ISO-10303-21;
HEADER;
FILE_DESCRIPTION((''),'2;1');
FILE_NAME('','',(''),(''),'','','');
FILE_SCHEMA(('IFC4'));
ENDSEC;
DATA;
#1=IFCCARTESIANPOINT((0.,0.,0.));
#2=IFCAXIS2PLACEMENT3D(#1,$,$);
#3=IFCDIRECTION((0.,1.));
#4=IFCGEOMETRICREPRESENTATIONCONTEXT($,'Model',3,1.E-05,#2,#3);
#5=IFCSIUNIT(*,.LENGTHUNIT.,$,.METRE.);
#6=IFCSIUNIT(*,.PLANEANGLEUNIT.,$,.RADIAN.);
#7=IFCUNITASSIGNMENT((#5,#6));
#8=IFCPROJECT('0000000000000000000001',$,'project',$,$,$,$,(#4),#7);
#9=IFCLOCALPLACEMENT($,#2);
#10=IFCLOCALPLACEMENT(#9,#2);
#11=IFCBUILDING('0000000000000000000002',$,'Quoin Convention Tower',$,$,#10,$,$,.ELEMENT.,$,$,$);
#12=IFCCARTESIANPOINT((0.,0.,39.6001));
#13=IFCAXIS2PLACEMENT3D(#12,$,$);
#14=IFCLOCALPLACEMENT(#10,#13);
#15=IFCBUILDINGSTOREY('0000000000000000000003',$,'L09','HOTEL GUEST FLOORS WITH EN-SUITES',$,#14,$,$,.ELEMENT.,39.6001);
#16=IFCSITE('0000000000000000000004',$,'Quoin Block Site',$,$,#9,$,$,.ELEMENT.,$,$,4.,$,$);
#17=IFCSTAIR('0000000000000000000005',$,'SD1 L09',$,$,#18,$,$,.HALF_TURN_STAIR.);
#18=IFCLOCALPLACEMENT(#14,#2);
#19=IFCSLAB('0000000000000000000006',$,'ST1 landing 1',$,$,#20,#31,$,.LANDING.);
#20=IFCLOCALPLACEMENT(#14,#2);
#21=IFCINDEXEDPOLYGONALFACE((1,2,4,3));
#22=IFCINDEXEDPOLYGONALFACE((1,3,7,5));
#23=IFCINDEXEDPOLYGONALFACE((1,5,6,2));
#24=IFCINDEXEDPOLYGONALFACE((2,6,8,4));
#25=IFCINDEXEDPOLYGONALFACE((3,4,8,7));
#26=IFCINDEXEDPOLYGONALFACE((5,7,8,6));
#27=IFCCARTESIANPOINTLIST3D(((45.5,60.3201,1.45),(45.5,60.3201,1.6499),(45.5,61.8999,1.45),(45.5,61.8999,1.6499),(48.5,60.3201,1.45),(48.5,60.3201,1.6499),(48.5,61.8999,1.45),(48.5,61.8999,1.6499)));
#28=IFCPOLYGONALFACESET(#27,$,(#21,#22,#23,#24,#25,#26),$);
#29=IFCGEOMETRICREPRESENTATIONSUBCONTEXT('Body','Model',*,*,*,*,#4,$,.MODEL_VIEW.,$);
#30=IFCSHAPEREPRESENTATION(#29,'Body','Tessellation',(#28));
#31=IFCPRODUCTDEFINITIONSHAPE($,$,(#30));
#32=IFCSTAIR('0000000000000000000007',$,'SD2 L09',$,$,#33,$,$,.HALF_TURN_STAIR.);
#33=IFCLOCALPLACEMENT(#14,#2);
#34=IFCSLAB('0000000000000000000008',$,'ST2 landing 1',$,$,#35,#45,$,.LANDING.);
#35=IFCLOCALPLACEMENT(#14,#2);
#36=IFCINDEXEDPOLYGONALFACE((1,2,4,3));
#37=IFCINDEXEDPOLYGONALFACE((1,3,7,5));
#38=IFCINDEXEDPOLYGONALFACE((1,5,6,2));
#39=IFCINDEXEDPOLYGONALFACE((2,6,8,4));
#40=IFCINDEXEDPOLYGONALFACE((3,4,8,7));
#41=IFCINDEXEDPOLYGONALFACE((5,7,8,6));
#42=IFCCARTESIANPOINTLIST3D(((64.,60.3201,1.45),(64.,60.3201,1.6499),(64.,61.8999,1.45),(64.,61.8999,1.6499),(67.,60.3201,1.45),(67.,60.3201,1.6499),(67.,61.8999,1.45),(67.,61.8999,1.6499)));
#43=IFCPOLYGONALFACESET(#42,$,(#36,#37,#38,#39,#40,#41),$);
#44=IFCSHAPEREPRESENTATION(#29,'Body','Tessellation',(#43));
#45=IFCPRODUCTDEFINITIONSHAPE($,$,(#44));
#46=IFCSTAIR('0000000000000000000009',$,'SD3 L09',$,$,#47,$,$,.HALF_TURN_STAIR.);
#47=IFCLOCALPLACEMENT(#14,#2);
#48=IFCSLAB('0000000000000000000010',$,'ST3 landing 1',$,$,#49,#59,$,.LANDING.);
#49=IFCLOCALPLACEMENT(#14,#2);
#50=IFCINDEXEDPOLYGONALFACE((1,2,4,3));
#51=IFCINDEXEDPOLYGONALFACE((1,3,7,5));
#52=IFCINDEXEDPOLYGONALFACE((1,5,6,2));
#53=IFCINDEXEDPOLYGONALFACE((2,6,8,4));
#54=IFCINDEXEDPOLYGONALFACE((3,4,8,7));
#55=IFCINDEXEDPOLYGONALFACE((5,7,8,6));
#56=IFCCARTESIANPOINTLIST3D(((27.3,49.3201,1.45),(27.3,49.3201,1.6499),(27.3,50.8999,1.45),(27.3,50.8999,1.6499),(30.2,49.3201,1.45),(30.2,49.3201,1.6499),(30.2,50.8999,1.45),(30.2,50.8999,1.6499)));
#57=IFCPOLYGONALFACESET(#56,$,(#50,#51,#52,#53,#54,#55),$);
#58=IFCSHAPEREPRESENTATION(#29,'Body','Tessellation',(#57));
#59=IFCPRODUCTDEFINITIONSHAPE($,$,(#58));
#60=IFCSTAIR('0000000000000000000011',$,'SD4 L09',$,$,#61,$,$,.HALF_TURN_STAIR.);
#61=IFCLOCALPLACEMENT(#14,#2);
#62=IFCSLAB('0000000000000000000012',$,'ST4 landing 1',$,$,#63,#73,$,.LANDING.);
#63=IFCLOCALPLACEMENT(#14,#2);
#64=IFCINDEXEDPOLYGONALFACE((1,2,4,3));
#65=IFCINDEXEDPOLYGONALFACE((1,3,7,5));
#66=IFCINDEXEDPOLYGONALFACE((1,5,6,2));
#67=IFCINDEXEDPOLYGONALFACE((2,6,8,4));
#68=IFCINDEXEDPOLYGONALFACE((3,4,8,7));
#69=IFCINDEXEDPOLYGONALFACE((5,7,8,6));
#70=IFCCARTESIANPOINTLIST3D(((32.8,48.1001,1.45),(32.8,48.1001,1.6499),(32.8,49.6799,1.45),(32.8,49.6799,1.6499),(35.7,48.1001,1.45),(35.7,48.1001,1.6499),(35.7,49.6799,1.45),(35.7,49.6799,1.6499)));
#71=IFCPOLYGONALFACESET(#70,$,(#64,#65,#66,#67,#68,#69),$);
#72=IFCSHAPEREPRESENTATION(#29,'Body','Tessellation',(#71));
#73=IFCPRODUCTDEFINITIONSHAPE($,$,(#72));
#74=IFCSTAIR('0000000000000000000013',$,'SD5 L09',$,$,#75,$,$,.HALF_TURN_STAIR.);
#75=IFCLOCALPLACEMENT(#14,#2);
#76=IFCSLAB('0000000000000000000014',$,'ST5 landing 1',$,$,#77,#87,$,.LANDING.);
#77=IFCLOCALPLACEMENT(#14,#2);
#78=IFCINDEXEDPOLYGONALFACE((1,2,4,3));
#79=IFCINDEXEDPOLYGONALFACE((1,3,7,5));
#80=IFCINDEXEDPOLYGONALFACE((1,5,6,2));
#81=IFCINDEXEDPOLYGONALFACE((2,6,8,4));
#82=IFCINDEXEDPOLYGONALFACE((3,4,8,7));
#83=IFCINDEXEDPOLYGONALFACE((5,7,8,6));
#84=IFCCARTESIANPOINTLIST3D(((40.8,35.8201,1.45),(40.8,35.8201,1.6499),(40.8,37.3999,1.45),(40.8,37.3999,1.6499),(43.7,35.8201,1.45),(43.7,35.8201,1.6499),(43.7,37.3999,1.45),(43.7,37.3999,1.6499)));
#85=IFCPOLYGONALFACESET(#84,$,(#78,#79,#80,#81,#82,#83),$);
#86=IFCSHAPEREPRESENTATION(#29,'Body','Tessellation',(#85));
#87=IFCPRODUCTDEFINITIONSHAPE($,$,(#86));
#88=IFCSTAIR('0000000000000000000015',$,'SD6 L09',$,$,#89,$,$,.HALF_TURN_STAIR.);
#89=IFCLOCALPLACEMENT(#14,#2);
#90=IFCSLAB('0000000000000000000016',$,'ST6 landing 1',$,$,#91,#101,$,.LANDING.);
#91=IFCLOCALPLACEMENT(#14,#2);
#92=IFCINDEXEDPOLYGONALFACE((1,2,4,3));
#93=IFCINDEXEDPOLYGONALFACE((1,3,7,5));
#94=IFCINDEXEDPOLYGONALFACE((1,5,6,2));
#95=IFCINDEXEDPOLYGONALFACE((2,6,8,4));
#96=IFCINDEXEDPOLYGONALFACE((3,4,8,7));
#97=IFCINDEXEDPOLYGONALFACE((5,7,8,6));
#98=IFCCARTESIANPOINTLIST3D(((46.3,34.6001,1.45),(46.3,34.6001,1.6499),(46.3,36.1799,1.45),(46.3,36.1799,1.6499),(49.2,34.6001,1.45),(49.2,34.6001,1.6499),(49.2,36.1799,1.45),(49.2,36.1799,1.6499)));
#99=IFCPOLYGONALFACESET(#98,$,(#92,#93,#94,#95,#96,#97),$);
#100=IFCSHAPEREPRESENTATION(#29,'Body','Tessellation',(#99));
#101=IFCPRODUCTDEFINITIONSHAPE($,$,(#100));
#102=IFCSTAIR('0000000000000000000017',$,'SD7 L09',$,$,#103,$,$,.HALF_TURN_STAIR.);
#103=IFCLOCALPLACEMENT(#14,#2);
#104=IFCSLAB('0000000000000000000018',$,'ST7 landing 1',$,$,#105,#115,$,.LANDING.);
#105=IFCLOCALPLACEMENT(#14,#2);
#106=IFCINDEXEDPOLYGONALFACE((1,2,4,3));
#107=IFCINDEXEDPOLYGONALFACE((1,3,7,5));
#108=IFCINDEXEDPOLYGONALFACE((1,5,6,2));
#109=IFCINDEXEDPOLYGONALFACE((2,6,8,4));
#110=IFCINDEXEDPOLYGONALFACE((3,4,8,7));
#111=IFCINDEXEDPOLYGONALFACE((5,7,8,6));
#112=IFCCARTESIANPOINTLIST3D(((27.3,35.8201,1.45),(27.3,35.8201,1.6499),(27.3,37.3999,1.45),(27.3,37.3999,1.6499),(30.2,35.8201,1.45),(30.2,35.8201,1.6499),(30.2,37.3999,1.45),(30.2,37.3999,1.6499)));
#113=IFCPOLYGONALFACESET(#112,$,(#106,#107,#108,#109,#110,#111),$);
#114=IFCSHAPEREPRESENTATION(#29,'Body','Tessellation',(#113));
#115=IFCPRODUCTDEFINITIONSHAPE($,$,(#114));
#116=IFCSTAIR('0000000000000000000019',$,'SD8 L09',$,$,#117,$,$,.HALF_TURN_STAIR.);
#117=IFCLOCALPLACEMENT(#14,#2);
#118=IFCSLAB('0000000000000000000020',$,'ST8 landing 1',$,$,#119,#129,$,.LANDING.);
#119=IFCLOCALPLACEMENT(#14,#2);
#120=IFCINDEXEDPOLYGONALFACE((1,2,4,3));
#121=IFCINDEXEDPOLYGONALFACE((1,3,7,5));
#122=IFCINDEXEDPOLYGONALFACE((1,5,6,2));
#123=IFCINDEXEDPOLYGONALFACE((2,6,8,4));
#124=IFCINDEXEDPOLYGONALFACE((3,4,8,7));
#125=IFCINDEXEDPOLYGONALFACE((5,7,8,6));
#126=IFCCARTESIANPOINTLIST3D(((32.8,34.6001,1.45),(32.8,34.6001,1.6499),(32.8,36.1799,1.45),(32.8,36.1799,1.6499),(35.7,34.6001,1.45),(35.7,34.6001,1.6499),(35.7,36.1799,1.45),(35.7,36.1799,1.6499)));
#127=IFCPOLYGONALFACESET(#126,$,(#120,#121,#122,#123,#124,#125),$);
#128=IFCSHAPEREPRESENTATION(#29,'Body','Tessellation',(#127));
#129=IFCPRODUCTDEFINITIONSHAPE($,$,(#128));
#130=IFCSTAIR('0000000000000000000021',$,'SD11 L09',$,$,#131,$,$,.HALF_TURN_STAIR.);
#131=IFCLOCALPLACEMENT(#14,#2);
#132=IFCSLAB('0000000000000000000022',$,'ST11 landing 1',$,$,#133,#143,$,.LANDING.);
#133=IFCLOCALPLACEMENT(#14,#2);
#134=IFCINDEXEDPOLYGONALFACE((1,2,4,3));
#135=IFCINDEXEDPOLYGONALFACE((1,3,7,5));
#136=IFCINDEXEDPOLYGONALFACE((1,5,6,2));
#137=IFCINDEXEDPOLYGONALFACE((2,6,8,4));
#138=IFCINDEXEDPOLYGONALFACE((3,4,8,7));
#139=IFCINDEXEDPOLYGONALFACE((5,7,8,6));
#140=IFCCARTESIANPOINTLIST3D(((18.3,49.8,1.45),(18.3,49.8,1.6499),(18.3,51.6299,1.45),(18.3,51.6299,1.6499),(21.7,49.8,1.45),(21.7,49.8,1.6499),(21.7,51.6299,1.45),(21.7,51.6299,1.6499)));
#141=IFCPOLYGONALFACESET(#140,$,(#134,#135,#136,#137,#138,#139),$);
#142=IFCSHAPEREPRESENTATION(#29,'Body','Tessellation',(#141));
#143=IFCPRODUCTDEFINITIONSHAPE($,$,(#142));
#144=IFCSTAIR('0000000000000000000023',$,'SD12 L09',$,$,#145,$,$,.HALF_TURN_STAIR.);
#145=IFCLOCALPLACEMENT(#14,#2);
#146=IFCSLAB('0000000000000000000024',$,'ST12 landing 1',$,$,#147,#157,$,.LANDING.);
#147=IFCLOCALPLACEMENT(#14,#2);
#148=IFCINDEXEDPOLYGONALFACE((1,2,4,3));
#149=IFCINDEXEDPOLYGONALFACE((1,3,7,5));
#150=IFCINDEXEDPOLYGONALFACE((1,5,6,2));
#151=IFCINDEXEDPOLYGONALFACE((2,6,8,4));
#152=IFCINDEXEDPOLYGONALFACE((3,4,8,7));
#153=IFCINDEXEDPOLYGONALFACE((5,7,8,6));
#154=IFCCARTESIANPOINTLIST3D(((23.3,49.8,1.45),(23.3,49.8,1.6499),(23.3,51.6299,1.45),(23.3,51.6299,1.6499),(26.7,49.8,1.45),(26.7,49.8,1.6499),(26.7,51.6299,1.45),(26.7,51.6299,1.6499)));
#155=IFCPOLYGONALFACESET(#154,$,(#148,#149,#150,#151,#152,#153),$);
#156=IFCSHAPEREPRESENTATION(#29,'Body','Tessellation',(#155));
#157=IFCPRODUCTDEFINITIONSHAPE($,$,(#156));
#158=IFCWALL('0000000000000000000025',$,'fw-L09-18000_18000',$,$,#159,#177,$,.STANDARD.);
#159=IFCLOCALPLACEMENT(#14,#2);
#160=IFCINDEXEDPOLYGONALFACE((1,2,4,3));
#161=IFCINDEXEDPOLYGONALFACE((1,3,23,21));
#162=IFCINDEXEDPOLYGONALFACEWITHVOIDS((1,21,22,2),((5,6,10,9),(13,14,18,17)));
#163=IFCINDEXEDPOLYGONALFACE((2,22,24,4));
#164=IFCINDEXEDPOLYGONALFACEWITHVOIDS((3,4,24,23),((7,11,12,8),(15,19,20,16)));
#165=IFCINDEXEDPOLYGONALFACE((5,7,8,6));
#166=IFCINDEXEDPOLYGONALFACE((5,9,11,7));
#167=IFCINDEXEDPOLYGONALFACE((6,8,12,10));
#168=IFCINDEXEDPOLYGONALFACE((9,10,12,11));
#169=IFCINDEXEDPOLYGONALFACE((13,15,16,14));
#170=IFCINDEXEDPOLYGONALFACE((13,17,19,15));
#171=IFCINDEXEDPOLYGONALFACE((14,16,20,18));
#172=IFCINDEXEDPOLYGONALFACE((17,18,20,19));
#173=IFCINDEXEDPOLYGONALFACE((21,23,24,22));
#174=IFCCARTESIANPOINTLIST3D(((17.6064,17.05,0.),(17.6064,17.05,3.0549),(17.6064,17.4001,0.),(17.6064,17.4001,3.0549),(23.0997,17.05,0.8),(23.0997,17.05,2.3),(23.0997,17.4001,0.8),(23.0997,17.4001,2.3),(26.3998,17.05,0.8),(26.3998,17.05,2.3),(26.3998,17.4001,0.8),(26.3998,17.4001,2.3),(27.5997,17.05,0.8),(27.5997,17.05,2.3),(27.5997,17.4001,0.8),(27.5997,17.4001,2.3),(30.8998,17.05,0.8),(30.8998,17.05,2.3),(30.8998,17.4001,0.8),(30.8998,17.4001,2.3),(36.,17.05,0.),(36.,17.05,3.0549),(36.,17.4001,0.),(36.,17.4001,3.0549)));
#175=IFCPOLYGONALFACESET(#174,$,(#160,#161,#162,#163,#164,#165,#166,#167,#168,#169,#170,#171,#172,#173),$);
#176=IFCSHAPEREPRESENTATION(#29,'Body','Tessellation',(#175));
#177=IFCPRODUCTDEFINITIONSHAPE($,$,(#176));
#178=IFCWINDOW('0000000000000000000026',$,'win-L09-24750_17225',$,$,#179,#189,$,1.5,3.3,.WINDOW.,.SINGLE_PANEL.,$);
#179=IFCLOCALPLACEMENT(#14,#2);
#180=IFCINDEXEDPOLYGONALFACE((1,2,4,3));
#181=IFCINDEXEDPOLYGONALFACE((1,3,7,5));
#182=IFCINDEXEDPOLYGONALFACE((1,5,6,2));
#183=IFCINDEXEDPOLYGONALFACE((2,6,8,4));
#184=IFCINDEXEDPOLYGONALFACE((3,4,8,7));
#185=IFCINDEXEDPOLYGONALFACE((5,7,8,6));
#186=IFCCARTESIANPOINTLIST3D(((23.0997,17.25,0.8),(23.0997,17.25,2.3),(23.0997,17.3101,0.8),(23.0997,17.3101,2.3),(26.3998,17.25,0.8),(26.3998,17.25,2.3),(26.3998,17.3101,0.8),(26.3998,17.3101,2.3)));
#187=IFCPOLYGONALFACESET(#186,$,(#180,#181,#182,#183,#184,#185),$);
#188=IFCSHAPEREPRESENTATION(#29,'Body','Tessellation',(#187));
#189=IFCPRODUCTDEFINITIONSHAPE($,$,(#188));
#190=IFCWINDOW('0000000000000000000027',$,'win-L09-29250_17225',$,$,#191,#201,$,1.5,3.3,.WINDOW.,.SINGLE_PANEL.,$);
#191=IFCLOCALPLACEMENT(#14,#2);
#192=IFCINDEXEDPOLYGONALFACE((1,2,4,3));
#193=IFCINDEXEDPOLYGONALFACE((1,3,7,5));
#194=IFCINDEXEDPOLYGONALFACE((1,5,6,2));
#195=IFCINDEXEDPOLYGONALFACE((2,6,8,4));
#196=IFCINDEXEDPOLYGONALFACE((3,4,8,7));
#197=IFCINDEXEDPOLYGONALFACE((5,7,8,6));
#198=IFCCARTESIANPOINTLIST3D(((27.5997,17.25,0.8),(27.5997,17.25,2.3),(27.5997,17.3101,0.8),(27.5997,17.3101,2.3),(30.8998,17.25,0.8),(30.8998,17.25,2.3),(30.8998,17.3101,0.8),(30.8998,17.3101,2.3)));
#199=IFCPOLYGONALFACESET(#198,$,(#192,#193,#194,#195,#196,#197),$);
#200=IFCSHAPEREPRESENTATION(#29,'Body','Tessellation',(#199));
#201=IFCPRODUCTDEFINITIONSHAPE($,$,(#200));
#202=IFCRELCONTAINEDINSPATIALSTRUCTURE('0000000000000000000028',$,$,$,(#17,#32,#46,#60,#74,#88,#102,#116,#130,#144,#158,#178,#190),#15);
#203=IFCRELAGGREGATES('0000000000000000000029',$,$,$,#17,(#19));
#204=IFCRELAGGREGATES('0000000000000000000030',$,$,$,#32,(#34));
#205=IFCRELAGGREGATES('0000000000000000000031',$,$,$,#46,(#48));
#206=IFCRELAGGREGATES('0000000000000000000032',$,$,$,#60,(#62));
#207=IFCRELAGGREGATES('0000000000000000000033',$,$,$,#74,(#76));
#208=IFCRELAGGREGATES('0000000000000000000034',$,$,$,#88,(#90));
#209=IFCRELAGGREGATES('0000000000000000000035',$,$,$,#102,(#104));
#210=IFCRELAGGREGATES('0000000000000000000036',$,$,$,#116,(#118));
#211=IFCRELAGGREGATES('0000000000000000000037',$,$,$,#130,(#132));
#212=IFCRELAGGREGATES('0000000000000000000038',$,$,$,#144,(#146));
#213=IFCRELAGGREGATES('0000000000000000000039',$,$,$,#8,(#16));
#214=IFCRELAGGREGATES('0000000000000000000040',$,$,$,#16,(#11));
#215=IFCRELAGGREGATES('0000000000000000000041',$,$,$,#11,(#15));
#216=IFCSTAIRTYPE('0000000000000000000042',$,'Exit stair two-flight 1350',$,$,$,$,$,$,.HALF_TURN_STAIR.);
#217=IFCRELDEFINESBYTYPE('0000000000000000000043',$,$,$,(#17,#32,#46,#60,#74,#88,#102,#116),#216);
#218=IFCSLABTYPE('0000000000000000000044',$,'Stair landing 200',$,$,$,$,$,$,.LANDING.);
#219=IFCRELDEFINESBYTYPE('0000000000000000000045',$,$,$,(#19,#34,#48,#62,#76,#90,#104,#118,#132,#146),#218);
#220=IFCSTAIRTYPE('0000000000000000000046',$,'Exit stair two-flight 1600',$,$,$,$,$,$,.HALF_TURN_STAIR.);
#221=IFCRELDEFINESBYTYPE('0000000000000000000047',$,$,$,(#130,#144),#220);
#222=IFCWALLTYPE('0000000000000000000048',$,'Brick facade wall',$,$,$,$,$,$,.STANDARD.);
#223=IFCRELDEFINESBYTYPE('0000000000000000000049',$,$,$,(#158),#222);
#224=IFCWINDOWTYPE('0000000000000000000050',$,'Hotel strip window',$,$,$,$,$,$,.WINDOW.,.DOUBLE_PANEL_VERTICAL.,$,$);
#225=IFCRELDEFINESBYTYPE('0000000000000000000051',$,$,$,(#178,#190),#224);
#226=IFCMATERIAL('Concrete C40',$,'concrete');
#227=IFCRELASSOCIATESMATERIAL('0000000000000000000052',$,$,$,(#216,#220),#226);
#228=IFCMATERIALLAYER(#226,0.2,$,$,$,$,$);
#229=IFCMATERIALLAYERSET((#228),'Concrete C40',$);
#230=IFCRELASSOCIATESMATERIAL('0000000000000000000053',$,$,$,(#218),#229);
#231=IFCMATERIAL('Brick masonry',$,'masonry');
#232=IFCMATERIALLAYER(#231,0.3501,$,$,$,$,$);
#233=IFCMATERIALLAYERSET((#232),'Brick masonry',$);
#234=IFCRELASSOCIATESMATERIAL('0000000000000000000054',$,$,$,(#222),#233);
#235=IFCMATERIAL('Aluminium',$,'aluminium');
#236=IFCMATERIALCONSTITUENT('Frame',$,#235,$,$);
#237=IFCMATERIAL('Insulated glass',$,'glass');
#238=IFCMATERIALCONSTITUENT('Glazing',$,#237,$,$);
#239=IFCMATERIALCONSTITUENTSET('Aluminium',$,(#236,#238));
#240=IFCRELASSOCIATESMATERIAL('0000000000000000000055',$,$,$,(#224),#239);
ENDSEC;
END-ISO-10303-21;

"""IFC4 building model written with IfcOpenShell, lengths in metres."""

from ifc_helpers import new_model, si_unit, direction, frame, frame_2d, origin, place, context, subcontext, project, spatial, polyline, rectangle, outline, extrude, material, layer, layer_set, constituent, constituent_set, type_object, element, fill, aggregate, save


model = new_model("IFC4")

# Units and contexts
model_context = context("Model", 3, precision=1e-05, world=origin(), true_north=direction((0.0, 1.0)))
body_context = subcontext(model_context, "Body", "Model", "MODEL_VIEW")
ifc_project = project(units=[si_unit("LENGTHUNIT", "METRE"), si_unit("PLANEANGLEUNIT", "RADIAN")], contexts=[model_context])

# Site, building, storey
site_placement = place(None, origin())
site = spatial("IfcSite", under=ifc_project, at=site_placement, Name="Quoin Block Site", CompositionType="ELEMENT", RefElevation=4.0)
building_placement = place(site_placement, origin())
building = spatial("IfcBuilding", under=site, at=building_placement, Name="Quoin Convention Tower", CompositionType="ELEMENT")
storey_placement = place(building_placement, frame((0.0, 0.0, 39.6001)))
storey = spatial("IfcBuildingStorey", under=building, at=storey_placement, Name="L09", Description="HOTEL GUEST FLOORS WITH EN-SUITES", CompositionType="ELEMENT", Elevation=39.6001)

# Stairs, slabs
ifc_material_1 = material(Name="Concrete C40", Category="concrete")
stair_type_1 = type_object("IfcStairType", Name="Exit stair two-flight 1350", PredefinedType="HALF_TURN_STAIR", material=ifc_material_1)
stair_1_placement = place(storey_placement, origin())
stair_1 = element("IfcStair", 1, at=stair_1_placement, inside=storey, type_object=stair_type_1, Name="SD1 L09", PredefinedType="HALF_TURN_STAIR")
ifc_layer_1 = layer(ifc_material_1, 0.2)
ifc_layer_set_1 = layer_set([ifc_layer_1], Name="Concrete C40")
slab_type_1 = type_object("IfcSlabType", Name="Stair landing 200", PredefinedType="LANDING", material=ifc_layer_set_1)
slab_1_placement = place(storey_placement, frame((0.0, 0.0, 1.45)))
slab_1 = element("IfcSlab", 2, at=slab_1_placement, type_object=slab_type_1, Name="ST1 landing 1", PredefinedType="LANDING", context=body_context, shape_type="SweptSolid", body=[
    extrude(outline(polyline([(45.5, 60.3201), (48.5, 60.3201), (48.5, 61.8999), (45.5, 61.8999), (45.5, 60.3201)])), origin(), (0.0, 0.0, 1.0), 0.2),
])
aggregate(stair_1, [slab_1])
stair_2_placement = place(storey_placement, origin())
stair_2 = element("IfcStair", 3, at=stair_2_placement, inside=storey, type_object=stair_type_1, Name="SD2 L09", PredefinedType="HALF_TURN_STAIR")
slab_2_placement = place(storey_placement, frame((0.0, 0.0, 1.45)))
slab_2 = element("IfcSlab", 4, at=slab_2_placement, type_object=slab_type_1, Name="ST2 landing 1", PredefinedType="LANDING", context=body_context, shape_type="SweptSolid", body=[
    extrude(outline(polyline([(64.0, 60.3201), (67.0, 60.3201), (67.0, 61.8999), (64.0, 61.8999), (64.0, 60.3201)])), origin(), (0.0, 0.0, 1.0), 0.2),
])
aggregate(stair_2, [slab_2])
stair_3_placement = place(storey_placement, origin())
stair_3 = element("IfcStair", 5, at=stair_3_placement, inside=storey, type_object=stair_type_1, Name="SD3 L09", PredefinedType="HALF_TURN_STAIR")
slab_3_placement = place(storey_placement, frame((0.0, 0.0, 1.45)))
slab_3 = element("IfcSlab", 6, at=slab_3_placement, type_object=slab_type_1, Name="ST3 landing 1", PredefinedType="LANDING", context=body_context, shape_type="SweptSolid", body=[
    extrude(outline(polyline([(27.3, 49.3201), (30.2, 49.3201), (30.2, 50.8999), (27.3, 50.8999), (27.3, 49.3201)])), origin(), (0.0, 0.0, 1.0), 0.2),
])
aggregate(stair_3, [slab_3])
stair_4_placement = place(storey_placement, origin())
stair_4 = element("IfcStair", 7, at=stair_4_placement, inside=storey, type_object=stair_type_1, Name="SD4 L09", PredefinedType="HALF_TURN_STAIR")
slab_4_placement = place(storey_placement, frame((0.0, 0.0, 1.45)))
slab_4 = element("IfcSlab", 8, at=slab_4_placement, type_object=slab_type_1, Name="ST4 landing 1", PredefinedType="LANDING", context=body_context, shape_type="SweptSolid", body=[
    extrude(outline(polyline([(35.7, 49.6799), (32.8, 49.6799), (32.8, 48.1001), (35.7, 48.1001), (35.7, 49.6799)])), origin(), (0.0, 0.0, 1.0), 0.2),
])
aggregate(stair_4, [slab_4])
stair_5_placement = place(storey_placement, origin())
stair_5 = element("IfcStair", 9, at=stair_5_placement, inside=storey, type_object=stair_type_1, Name="SD5 L09", PredefinedType="HALF_TURN_STAIR")
slab_5_placement = place(storey_placement, frame((0.0, 0.0, 1.45)))
slab_5 = element("IfcSlab", 10, at=slab_5_placement, type_object=slab_type_1, Name="ST5 landing 1", PredefinedType="LANDING", context=body_context, shape_type="SweptSolid", body=[
    extrude(outline(polyline([(40.8, 35.8201), (43.7, 35.8201), (43.7, 37.3999), (40.8, 37.3999), (40.8, 35.8201)])), origin(), (0.0, 0.0, 1.0), 0.2),
])
aggregate(stair_5, [slab_5])
stair_6_placement = place(storey_placement, origin())
stair_6 = element("IfcStair", 11, at=stair_6_placement, inside=storey, type_object=stair_type_1, Name="SD6 L09", PredefinedType="HALF_TURN_STAIR")
slab_6_placement = place(storey_placement, frame((0.0, 0.0, 1.45)))
slab_6 = element("IfcSlab", 12, at=slab_6_placement, type_object=slab_type_1, Name="ST6 landing 1", PredefinedType="LANDING", context=body_context, shape_type="SweptSolid", body=[
    extrude(outline(polyline([(49.2, 36.1799), (46.3, 36.1799), (46.3, 34.6001), (49.2, 34.6001), (49.2, 36.1799)])), origin(), (0.0, 0.0, 1.0), 0.2),
])
aggregate(stair_6, [slab_6])
stair_7_placement = place(storey_placement, origin())
stair_7 = element("IfcStair", 13, at=stair_7_placement, inside=storey, type_object=stair_type_1, Name="SD7 L09", PredefinedType="HALF_TURN_STAIR")
slab_7_placement = place(storey_placement, frame((0.0, 0.0, 1.45)))
slab_7 = element("IfcSlab", 14, at=slab_7_placement, type_object=slab_type_1, Name="ST7 landing 1", PredefinedType="LANDING", context=body_context, shape_type="SweptSolid", body=[
    extrude(outline(polyline([(27.3, 35.8201), (30.2, 35.8201), (30.2, 37.3999), (27.3, 37.3999), (27.3, 35.8201)])), origin(), (0.0, 0.0, 1.0), 0.2),
])
aggregate(stair_7, [slab_7])
stair_8_placement = place(storey_placement, origin())
stair_8 = element("IfcStair", 15, at=stair_8_placement, inside=storey, type_object=stair_type_1, Name="SD8 L09", PredefinedType="HALF_TURN_STAIR")
slab_8_placement = place(storey_placement, frame((0.0, 0.0, 1.45)))
slab_8 = element("IfcSlab", 16, at=slab_8_placement, type_object=slab_type_1, Name="ST8 landing 1", PredefinedType="LANDING", context=body_context, shape_type="SweptSolid", body=[
    extrude(outline(polyline([(35.7, 36.1799), (32.8, 36.1799), (32.8, 34.6001), (35.7, 34.6001), (35.7, 36.1799)])), origin(), (0.0, 0.0, 1.0), 0.2),
])
aggregate(stair_8, [slab_8])
stair_type_2 = type_object("IfcStairType", Name="Exit stair two-flight 1600", PredefinedType="HALF_TURN_STAIR", material=ifc_material_1)
stair_9_placement = place(storey_placement, origin())
stair_9 = element("IfcStair", 17, at=stair_9_placement, inside=storey, type_object=stair_type_2, Name="SD11 L09", PredefinedType="HALF_TURN_STAIR")
slab_9_placement = place(storey_placement, frame((0.0, 0.0, 1.45)))
slab_9 = element("IfcSlab", 18, at=slab_9_placement, type_object=slab_type_1, Name="ST11 landing 1", PredefinedType="LANDING", context=body_context, shape_type="SweptSolid", body=[
    extrude(outline(polyline([(21.7, 51.6299), (18.3, 51.6299), (18.3, 49.8), (21.7, 49.8), (21.7, 51.6299)])), origin(), (0.0, 0.0, 1.0), 0.2),
])
aggregate(stair_9, [slab_9])
stair_10_placement = place(storey_placement, origin())
stair_10 = element("IfcStair", 19, at=stair_10_placement, inside=storey, type_object=stair_type_2, Name="SD12 L09", PredefinedType="HALF_TURN_STAIR")
slab_10_placement = place(storey_placement, frame((0.0, 0.0, 1.45)))
slab_10 = element("IfcSlab", 20, at=slab_10_placement, type_object=slab_type_1, Name="ST12 landing 1", PredefinedType="LANDING", context=body_context, shape_type="SweptSolid", body=[
    extrude(outline(polyline([(26.7, 51.6299), (23.3, 51.6299), (23.3, 49.8), (26.7, 49.8), (26.7, 51.6299)])), origin(), (0.0, 0.0, 1.0), 0.2),
])
aggregate(stair_10, [slab_10])

# Wall, openings, windows
ifc_material_2 = material(Name="Brick masonry", Category="masonry")
ifc_layer_2 = layer(ifc_material_2, 0.3501)
ifc_layer_set_2 = layer_set([ifc_layer_2], Name="Brick masonry")
wall_type = type_object("IfcWallType", Name="Brick facade wall", PredefinedType="STANDARD", material=ifc_layer_set_2)
wall_placement = place(storey_placement, frame((17.6064, 17.2251, 0.0), z_axis=(0.0, 0.0, 1.0), x_axis=(1.0, 0.0, 0.0)))
wall = element("IfcWall", 21, at=wall_placement, inside=storey, type_object=wall_type, Name="fw-L09-18000_18000", PredefinedType="STANDARD", context=body_context, shape_type="SweptSolid", body=[
    extrude(rectangle(XDim=18.3936, YDim=0.3501, at=frame_2d((9.1968, 0.0))), origin(), (0.0, 0.0, 1.0), 3.0549),
])
opening_1_placement = place(wall_placement, frame((5.4934, 0.0, 0.8)))
opening_1 = element("IfcOpeningElement", 22, at=opening_1_placement, cuts=wall, PredefinedType="OPENING", context=body_context, shape_type="SweptSolid", body=[
    extrude(rectangle(XDim=3.3, YDim=1.5, at=frame_2d((1.6499, 0.75))), frame((0.0, 0.1851, 0.0), z_axis=(0.0, -1.0, 0.0), x_axis=(1.0, 0.0, 0.0)), (0.0, 0.0, 1.0), 0.3701),
])
opening_2_placement = place(wall_placement, frame((9.9934, 0.0, 0.8)))
opening_2 = element("IfcOpeningElement", 23, at=opening_2_placement, cuts=wall, PredefinedType="OPENING", context=body_context, shape_type="SweptSolid", body=[
    extrude(rectangle(XDim=3.3, YDim=1.5, at=frame_2d((1.6499, 0.75))), frame((0.0, 0.1851, 0.0), z_axis=(0.0, -1.0, 0.0), x_axis=(1.0, 0.0, 0.0)), (0.0, 0.0, 1.0), 0.3701),
])
ifc_material_3 = material(Name="Aluminium", Category="aluminium")
ifc_constituent_1 = constituent(ifc_material_3, Name="Frame")
ifc_material_4 = material(Name="Insulated glass", Category="glass")
ifc_constituent_2 = constituent(ifc_material_4, Name="Glazing")
ifc_constituent_set = constituent_set(constituents=[ifc_constituent_1, ifc_constituent_2], Name="Aluminium")
window_type = type_object("IfcWindowType", Name="Hotel strip window", PartitioningType="DOUBLE_PANEL_VERTICAL", PredefinedType="WINDOW", material=ifc_constituent_set)
window_1_placement = place(opening_1_placement, origin())
window_1 = element("IfcWindow", 24, at=window_1_placement, inside=storey, type_object=window_type, Name="win-L09-24750_17225", OverallHeight=1.5, OverallWidth=3.3, PartitioningType="SINGLE_PANEL", PredefinedType="WINDOW", context=body_context, shape_type="SweptSolid", body=[
    extrude(rectangle(XDim=3.3, YDim=1.5, at=frame_2d((1.6499, 0.75))), frame((0.0, 0.085, 0.0), z_axis=(0.0, -1.0, 0.0), x_axis=(1.0, 0.0, 0.0)), (0.0, 0.0, 1.0), 0.0601),
])
fill(opening_1, window_1)
window_2_placement = place(opening_2_placement, origin())
window_2 = element("IfcWindow", 25, at=window_2_placement, inside=storey, type_object=window_type, Name="win-L09-29250_17225", OverallHeight=1.5, OverallWidth=3.3, PartitioningType="SINGLE_PANEL", PredefinedType="WINDOW", context=body_context, shape_type="SweptSolid", body=[
    extrude(rectangle(XDim=3.3, YDim=1.5, at=frame_2d((1.6499, 0.75))), frame((0.0, 0.085, 0.0), z_axis=(0.0, -1.0, 0.0), x_axis=(1.0, 0.0, 0.0)), (0.0, 0.0, 1.0), 0.0601),
])
fill(opening_2, window_2)

save(model, "model.ifc")
